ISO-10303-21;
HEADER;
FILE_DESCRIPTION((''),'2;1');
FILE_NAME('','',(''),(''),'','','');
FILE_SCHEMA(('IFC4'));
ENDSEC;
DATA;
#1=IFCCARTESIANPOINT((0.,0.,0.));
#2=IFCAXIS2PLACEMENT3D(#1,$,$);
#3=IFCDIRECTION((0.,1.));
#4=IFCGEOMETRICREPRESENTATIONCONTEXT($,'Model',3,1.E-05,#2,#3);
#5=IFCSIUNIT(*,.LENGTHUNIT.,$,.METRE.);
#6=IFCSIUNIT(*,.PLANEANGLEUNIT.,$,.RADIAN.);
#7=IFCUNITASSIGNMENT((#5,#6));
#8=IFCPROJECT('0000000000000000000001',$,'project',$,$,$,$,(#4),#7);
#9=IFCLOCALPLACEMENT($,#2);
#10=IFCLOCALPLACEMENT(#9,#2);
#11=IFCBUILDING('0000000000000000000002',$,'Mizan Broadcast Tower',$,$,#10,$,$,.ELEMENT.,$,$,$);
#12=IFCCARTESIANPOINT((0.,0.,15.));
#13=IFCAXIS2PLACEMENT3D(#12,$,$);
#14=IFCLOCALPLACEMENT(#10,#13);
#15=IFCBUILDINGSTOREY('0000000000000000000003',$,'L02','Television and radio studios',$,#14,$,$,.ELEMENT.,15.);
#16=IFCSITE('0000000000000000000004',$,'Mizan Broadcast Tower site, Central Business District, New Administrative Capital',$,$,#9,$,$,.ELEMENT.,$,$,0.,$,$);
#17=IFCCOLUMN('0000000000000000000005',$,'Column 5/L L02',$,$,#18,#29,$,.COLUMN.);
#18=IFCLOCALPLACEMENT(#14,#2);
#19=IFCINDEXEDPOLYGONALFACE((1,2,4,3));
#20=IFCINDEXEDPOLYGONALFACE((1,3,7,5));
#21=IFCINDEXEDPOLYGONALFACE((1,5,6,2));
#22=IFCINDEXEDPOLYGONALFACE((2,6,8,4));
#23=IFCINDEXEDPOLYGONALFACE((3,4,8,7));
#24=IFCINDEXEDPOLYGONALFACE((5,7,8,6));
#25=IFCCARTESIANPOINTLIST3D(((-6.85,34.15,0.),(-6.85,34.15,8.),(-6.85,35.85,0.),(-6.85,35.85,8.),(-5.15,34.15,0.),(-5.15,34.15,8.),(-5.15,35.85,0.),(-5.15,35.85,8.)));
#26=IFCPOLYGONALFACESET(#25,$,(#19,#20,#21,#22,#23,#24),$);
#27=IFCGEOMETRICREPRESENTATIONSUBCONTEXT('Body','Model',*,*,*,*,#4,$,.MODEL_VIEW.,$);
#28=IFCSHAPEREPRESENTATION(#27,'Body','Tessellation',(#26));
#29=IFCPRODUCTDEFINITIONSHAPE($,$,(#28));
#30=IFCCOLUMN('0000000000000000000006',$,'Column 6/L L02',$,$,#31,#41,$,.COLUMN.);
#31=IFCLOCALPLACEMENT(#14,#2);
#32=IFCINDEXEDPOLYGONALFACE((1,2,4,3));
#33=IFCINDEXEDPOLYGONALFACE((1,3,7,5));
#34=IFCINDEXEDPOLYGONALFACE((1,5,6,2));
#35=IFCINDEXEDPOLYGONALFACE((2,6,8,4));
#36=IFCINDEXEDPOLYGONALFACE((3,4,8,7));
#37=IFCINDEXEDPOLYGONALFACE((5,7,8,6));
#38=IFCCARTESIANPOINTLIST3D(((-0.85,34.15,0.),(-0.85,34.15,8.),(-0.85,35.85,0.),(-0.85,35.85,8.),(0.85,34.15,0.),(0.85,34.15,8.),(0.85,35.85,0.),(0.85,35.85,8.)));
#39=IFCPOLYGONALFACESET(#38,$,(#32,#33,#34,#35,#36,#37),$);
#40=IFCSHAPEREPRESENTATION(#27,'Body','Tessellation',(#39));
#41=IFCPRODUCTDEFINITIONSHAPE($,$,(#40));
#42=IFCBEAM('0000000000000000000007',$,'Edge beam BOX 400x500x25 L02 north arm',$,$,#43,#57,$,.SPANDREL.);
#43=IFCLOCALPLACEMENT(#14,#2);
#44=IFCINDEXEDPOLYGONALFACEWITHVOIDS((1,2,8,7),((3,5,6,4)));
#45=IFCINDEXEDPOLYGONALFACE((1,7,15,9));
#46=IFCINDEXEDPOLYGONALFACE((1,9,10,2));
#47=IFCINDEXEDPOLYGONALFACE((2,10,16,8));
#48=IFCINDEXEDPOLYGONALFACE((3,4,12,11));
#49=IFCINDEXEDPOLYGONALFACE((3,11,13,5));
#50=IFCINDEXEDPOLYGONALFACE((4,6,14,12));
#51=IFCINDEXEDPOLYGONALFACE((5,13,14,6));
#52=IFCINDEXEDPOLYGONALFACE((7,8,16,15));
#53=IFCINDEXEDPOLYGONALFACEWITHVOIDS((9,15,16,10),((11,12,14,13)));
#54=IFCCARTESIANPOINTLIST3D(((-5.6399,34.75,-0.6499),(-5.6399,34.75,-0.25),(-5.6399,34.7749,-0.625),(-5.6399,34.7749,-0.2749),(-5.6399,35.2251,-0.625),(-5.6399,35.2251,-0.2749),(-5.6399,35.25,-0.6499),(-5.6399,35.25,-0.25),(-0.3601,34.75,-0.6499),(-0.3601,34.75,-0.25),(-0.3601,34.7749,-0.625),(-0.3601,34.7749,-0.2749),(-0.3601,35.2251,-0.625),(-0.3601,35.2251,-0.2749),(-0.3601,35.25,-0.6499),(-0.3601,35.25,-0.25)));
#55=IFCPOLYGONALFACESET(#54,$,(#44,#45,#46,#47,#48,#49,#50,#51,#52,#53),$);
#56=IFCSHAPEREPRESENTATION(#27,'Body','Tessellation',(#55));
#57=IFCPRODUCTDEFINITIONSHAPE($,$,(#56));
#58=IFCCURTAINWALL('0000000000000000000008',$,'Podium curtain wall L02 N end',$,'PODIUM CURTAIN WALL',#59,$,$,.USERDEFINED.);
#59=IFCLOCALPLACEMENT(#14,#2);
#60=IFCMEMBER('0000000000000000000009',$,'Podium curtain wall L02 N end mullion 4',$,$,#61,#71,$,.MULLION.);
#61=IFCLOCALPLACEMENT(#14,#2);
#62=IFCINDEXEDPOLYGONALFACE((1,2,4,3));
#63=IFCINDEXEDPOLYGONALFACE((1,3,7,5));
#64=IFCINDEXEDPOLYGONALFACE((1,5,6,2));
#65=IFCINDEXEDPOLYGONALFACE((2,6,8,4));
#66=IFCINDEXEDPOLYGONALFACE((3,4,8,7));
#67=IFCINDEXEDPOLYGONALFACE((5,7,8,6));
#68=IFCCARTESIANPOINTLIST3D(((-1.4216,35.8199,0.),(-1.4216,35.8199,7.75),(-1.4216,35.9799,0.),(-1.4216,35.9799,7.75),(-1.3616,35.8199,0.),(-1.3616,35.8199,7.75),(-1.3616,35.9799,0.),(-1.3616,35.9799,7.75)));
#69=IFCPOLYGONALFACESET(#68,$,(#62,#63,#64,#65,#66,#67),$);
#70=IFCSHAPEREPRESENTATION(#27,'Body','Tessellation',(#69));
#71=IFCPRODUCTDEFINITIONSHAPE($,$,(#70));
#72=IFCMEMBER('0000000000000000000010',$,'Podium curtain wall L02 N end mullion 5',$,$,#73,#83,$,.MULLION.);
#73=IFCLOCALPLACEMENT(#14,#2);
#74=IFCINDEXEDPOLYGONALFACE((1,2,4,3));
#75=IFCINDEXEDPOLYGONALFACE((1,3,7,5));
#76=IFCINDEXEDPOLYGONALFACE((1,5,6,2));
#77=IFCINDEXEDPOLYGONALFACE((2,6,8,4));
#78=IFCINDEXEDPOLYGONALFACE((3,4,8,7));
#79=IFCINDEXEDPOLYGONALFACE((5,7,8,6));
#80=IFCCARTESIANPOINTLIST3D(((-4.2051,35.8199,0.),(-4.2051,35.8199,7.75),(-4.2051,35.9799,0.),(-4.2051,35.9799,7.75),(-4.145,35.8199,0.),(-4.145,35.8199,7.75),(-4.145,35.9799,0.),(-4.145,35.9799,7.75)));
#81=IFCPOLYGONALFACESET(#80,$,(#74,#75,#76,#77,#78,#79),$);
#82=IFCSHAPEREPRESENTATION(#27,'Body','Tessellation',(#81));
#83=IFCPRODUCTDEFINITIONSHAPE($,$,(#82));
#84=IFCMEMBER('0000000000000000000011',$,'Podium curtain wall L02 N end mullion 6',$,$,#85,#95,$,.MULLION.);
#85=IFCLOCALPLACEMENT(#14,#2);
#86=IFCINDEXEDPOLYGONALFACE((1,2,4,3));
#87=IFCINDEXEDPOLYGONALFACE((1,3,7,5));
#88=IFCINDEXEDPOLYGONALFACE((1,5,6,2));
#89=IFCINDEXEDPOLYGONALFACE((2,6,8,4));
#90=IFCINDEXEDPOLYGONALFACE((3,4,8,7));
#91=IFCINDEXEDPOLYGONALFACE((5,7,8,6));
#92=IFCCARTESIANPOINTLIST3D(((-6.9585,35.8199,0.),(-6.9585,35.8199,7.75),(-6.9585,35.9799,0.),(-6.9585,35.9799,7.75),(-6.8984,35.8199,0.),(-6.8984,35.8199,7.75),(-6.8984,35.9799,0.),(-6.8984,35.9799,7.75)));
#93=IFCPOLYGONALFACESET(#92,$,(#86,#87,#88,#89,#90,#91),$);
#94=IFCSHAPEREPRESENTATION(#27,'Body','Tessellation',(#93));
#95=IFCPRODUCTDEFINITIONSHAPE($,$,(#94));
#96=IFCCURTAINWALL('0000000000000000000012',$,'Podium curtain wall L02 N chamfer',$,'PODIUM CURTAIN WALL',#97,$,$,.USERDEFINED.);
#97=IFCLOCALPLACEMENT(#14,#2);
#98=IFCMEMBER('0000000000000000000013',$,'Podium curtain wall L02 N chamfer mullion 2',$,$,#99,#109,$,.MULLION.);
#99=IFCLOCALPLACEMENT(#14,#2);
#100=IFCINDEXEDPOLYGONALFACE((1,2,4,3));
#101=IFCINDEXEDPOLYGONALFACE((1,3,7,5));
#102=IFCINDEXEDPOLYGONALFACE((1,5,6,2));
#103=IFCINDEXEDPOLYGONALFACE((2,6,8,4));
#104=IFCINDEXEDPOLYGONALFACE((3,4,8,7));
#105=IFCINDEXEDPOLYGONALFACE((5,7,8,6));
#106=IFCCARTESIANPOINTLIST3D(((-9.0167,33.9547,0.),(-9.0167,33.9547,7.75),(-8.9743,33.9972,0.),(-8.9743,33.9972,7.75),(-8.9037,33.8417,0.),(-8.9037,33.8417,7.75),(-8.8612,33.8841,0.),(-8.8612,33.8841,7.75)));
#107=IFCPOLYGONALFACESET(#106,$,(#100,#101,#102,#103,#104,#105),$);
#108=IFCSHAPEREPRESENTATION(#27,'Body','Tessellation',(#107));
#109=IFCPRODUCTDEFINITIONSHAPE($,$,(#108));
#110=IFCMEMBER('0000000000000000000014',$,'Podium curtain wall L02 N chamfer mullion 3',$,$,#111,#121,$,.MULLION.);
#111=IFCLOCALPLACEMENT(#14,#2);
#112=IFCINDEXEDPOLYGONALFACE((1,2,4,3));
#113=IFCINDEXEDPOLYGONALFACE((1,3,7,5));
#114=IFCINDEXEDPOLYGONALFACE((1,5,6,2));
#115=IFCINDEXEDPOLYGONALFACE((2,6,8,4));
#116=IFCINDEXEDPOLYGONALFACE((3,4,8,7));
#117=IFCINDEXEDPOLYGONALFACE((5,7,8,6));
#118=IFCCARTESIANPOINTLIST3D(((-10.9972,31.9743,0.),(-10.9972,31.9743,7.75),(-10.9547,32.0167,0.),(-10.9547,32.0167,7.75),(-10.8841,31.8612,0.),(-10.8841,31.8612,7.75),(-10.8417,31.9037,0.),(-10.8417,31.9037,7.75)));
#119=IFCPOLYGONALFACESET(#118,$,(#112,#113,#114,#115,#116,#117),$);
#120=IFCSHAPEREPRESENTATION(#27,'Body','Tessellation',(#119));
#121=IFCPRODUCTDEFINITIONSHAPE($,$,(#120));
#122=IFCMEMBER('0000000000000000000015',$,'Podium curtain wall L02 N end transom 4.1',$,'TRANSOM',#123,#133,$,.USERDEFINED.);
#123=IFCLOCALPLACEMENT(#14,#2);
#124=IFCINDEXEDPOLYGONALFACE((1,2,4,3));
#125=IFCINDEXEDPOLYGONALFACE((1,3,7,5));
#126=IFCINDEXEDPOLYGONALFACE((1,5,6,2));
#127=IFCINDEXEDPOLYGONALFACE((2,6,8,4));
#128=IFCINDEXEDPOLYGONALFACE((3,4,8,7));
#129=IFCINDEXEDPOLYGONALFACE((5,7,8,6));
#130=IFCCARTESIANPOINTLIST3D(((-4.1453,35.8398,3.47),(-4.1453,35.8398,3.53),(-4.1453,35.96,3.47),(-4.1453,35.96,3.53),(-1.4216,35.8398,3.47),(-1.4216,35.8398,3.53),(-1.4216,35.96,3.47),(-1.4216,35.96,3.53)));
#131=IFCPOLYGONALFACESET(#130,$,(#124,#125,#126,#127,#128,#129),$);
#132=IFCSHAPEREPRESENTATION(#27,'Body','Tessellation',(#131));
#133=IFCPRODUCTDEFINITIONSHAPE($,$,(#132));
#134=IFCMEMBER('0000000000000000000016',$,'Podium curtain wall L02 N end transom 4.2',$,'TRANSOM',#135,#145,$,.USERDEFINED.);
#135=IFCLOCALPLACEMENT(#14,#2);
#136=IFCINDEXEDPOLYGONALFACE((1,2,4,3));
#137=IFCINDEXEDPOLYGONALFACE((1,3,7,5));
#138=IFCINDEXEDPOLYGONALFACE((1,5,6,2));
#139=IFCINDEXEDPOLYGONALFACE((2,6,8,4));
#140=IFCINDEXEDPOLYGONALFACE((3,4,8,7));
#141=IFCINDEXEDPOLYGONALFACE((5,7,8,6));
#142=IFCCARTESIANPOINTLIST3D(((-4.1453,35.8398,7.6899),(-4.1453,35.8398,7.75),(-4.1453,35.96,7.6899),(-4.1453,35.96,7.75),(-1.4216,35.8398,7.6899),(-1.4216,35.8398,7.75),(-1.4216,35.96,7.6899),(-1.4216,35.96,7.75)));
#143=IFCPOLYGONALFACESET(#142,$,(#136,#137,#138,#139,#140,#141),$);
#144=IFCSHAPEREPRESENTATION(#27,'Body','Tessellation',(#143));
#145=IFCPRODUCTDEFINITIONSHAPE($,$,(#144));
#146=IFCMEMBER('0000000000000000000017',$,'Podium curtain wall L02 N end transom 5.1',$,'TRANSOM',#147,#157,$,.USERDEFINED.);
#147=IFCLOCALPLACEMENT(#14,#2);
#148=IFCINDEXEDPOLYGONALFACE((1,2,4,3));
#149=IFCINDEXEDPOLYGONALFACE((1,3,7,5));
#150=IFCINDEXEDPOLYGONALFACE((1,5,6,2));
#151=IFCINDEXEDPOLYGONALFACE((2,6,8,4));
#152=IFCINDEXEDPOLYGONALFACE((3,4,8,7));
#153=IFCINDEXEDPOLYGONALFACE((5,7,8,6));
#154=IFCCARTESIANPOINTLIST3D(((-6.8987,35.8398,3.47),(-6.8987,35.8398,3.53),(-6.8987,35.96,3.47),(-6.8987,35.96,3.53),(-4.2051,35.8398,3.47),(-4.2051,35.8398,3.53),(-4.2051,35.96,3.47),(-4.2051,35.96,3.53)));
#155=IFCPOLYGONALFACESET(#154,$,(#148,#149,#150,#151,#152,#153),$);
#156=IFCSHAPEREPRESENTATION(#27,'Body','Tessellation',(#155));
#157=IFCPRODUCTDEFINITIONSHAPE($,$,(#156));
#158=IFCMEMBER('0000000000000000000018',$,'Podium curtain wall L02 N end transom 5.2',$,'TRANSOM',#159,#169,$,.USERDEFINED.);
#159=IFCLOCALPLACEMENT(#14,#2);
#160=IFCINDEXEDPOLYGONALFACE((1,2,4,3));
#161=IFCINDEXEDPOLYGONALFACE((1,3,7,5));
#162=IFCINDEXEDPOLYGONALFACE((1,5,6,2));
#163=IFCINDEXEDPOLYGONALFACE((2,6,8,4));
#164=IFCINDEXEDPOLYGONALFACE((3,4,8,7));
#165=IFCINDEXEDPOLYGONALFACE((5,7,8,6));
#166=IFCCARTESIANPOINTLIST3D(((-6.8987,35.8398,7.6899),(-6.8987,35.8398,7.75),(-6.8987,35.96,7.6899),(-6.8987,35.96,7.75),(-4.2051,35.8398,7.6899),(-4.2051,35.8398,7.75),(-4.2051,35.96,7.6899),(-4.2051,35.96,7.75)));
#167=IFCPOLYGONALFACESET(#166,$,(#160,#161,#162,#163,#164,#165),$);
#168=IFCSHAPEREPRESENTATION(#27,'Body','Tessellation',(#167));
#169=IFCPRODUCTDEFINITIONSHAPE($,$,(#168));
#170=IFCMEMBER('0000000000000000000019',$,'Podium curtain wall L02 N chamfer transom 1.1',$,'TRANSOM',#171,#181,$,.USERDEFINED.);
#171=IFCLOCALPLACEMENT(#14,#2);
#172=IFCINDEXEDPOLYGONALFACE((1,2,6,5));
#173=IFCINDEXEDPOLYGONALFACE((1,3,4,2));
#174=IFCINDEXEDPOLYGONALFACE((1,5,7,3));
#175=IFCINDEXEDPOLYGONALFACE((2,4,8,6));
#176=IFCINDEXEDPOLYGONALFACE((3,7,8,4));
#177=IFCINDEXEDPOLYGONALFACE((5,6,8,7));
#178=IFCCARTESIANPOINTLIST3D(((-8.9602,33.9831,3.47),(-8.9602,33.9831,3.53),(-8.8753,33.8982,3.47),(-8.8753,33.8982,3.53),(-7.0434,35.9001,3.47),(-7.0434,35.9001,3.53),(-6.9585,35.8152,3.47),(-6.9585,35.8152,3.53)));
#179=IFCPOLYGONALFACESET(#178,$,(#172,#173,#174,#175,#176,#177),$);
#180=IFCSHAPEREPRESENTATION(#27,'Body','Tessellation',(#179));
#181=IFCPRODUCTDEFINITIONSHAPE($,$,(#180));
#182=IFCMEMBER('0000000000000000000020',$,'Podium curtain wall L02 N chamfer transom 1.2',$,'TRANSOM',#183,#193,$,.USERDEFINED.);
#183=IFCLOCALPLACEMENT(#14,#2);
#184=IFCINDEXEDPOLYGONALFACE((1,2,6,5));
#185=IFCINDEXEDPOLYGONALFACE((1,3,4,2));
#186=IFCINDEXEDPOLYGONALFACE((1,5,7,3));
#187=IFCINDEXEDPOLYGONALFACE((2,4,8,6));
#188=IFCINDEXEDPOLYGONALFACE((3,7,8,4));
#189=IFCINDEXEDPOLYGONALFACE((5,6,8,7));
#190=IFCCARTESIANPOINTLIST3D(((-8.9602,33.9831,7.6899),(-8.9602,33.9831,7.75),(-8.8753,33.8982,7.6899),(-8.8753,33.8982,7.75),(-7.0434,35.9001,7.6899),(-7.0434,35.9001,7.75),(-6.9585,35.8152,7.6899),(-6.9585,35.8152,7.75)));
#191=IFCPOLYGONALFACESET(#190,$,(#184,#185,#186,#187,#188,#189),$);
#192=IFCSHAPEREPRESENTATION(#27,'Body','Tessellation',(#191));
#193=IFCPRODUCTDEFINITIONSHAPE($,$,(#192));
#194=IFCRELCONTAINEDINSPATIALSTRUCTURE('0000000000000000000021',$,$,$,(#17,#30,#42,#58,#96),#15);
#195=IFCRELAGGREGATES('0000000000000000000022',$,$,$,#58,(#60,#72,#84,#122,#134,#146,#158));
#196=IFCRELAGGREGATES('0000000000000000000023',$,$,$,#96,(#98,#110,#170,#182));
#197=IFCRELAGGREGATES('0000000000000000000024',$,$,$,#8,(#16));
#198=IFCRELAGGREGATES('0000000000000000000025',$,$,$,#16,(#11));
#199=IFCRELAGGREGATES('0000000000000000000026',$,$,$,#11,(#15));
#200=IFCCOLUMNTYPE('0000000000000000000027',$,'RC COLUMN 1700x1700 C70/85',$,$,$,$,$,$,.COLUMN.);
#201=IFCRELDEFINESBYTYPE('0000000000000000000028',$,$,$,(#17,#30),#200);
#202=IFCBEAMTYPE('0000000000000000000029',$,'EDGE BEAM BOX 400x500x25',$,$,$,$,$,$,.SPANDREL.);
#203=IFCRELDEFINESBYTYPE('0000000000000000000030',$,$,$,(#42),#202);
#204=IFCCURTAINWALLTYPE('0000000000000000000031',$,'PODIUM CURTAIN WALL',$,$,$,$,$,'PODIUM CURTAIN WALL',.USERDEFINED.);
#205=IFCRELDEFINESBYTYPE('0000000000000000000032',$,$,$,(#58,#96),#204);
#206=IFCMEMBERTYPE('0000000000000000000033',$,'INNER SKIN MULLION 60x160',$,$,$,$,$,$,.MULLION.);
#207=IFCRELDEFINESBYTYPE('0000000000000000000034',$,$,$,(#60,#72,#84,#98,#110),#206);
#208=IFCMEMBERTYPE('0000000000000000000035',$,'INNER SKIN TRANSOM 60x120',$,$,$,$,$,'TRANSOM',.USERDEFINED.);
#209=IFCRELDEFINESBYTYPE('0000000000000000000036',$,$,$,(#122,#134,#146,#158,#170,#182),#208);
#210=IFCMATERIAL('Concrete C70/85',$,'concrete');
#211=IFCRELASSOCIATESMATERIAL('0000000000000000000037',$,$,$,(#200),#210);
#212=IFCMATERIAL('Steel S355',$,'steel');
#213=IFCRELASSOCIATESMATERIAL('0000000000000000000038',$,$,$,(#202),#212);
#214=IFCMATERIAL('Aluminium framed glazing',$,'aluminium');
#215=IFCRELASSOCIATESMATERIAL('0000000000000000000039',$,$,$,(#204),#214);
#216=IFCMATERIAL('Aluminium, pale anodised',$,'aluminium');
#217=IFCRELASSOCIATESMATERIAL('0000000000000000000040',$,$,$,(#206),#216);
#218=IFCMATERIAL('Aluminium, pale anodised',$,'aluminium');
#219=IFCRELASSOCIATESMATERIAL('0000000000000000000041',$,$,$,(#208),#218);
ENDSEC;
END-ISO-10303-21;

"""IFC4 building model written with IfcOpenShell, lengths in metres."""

from ifc_helpers import new_model, si_unit, direction, frame, origin, origin_2d, place, context, subcontext, project, spatial, rectangle, hollow_rectangle, extrude, material, material_profile, profile_set, type_object, element, aggregate, save


model = new_model("IFC4")

# Units and contexts
model_context = context("Model", 3, precision=1e-05, world=origin(), true_north=direction((0.0, 1.0)))
body_context = subcontext(model_context, "Body", "Model", "MODEL_VIEW")
ifc_project = project(units=[si_unit("LENGTHUNIT", "METRE"), si_unit("PLANEANGLEUNIT", "RADIAN")], contexts=[model_context])

# Site, building, storey
site_placement = place(None, origin())
site = spatial("IfcSite", under=ifc_project, at=site_placement, Name="Mizan Broadcast Tower site, Central Business District, New Administrative Capital", CompositionType="ELEMENT", RefElevation=0.0)
building_placement = place(site_placement, origin())
building = spatial("IfcBuilding", under=site, at=building_placement, Name="Mizan Broadcast Tower", CompositionType="ELEMENT")
storey_placement = place(building_placement, frame((0.0, 0.0, 15.0)))
storey = spatial("IfcBuildingStorey", under=building, at=storey_placement, Name="L02", Description="Television and radio studios", CompositionType="ELEMENT", Elevation=15.0)

# Columns
ifc_material_1 = material(Name="Concrete C70/85", Category="concrete")
ifc_material_profile_1 = material_profile(ifc_material_1, rectangle(XDim=1.7, YDim=1.7, at=origin_2d()), Name="RC 1700x1700")
ifc_profile_set_1 = profile_set([ifc_material_profile_1], Name="Concrete C70/85")
column_type = type_object("IfcColumnType", Name="RC COLUMN 1700x1700 C70/85", PredefinedType="COLUMN", material=ifc_profile_set_1)
for number, where, z_axis, x_axis, name in (
    (1, (-6.0, 35.0, 0.0), (0.0, 0.0, 1.0), (1.0, 0.0, 0.0), "Column 5/L L02"),
    (2, (0.0, 35.0, 0.0), (0.0, 0.0, 1.0), (1.0, 0.0, 0.0), "Column 6/L L02"),
):
    element("IfcColumn", number, at=place(storey_placement, frame(where, z_axis=z_axis, x_axis=x_axis)), inside=storey, type_object=column_type, Name=name, PredefinedType="COLUMN", context=body_context, shape_type="SweptSolid", body=[
        extrude(rectangle(XDim=1.7, YDim=1.7, at=origin_2d()), origin(), (0.0, 0.0, 1.0), 8.0),
    ])

# Beam
ifc_material_2 = material(Name="Steel S355", Category="steel")
ifc_material_profile_2 = material_profile(ifc_material_2, hollow_rectangle(XDim=0.5, YDim=0.3999, WallThickness=0.0249, at=origin_2d()), Name="BOX 400x500x25")
ifc_profile_set_2 = profile_set([ifc_material_profile_2], Name="Steel S355")
beam_type = type_object("IfcBeamType", Name="EDGE BEAM BOX 400x500x25", PredefinedType="SPANDREL", material=ifc_profile_set_2)
beam_placement = place(storey_placement, frame((-5.6399, 35.0, -0.45), z_axis=(1.0, 0.0, 0.0), x_axis=(0.0, 1.0, 0.0)))
element("IfcBeam", 3, at=beam_placement, inside=storey, type_object=beam_type, Name="Edge beam BOX 400x500x25 L02 north arm", PredefinedType="SPANDREL", context=body_context, shape_type="SweptSolid", body=[
    extrude(hollow_rectangle(XDim=0.5, YDim=0.3999, WallThickness=0.0249, at=origin_2d()), origin(), (0.0, 0.0, 1.0), 5.2798),
])

# Curtain walls, members
ifc_material_3 = material(Name="Aluminium framed glazing", Category="aluminium")
curtain_wall_type_1 = type_object("IfcCurtainWallType", Name="PODIUM CURTAIN WALL", ElementType="PODIUM CURTAIN WALL", PredefinedType="USERDEFINED", material=ifc_material_3)
curtain_wall_1_placement = place(storey_placement, origin())
curtain_wall_1 = element("IfcCurtainWall", 4, at=curtain_wall_1_placement, inside=storey, type_object=curtain_wall_type_1, Name="Podium curtain wall L02 N end", ObjectType="PODIUM CURTAIN WALL", PredefinedType="USERDEFINED")
ifc_material_4 = material(Name="Aluminium, pale anodised", Category="aluminium")
ifc_material_profile_3 = material_profile(ifc_material_4, rectangle(XDim=0.1599, YDim=0.0601, at=origin_2d()), Name="MULLION 160x60")
ifc_profile_set_3 = profile_set([ifc_material_profile_3], Name="Aluminium, pale anodised")
member_type_1 = type_object("IfcMemberType", Name="INNER SKIN MULLION 60x160", PredefinedType="MULLION", material=ifc_profile_set_3)
member_1_placement = place(storey_placement, frame((-1.3916, 35.8999, 0.0), z_axis=(0.0, 0.0, 1.0), x_axis=(0.0, -1.0, 0.0)))
member_1 = element("IfcMember", 5, at=member_1_placement, type_object=member_type_1, Name="Podium curtain wall L02 N end mullion 4", PredefinedType="MULLION", context=body_context, shape_type="SweptSolid", body=[
    extrude(rectangle(XDim=0.1599, YDim=0.0601, at=origin_2d()), origin(), (0.0, 0.0, 1.0), 7.75),
])
member_2_placement = place(storey_placement, frame((-4.175, 35.8999, 0.0), z_axis=(0.0, 0.0, 1.0), x_axis=(0.0, -1.0, 0.0)))
member_2 = element("IfcMember", 6, at=member_2_placement, type_object=member_type_1, Name="Podium curtain wall L02 N end mullion 5", PredefinedType="MULLION", context=body_context, shape_type="SweptSolid", body=[
    extrude(rectangle(XDim=0.1599, YDim=0.0601, at=origin_2d()), origin(), (0.0, 0.0, 1.0), 7.75),
])
member_3_placement = place(storey_placement, frame((-6.9285, 35.8999, 0.0), z_axis=(0.0, 0.0, 1.0), x_axis=(0.0, -1.0, 0.0)))
member_3 = element("IfcMember", 7, at=member_3_placement, type_object=member_type_1, Name="Podium curtain wall L02 N end mullion 6", PredefinedType="MULLION", context=body_context, shape_type="SweptSolid", body=[
    extrude(rectangle(XDim=0.1599, YDim=0.0601, at=origin_2d()), origin(), (0.0, 0.0, 1.0), 7.75),
])
curtain_wall_2_placement = place(storey_placement, origin())
curtain_wall_2 = element("IfcCurtainWall", 8, at=curtain_wall_2_placement, inside=storey, type_object=curtain_wall_type_1, Name="Podium curtain wall L02 N chamfer", ObjectType="PODIUM CURTAIN WALL", PredefinedType="USERDEFINED")
member_4_placement = place(storey_placement, frame((-8.939, 33.9194, 0.0), z_axis=(0.0, 0.0, 1.0), x_axis=(0.707107, -0.707107, 0.0)))
member_4 = element("IfcMember", 9, at=member_4_placement, type_object=member_type_1, Name="Podium curtain wall L02 N chamfer mullion 2", PredefinedType="MULLION", context=body_context, shape_type="SweptSolid", body=[
    extrude(rectangle(XDim=0.1599, YDim=0.0601, at=origin_2d()), origin(), (0.0, 0.0, 1.0), 7.75),
])
member_5_placement = place(storey_placement, frame((-10.9194, 31.939, 0.0), z_axis=(0.0, 0.0, 1.0), x_axis=(0.707107, -0.707107, 0.0)))
member_5 = element("IfcMember", 10, at=member_5_placement, type_object=member_type_1, Name="Podium curtain wall L02 N chamfer mullion 3", PredefinedType="MULLION", context=body_context, shape_type="SweptSolid", body=[
    extrude(rectangle(XDim=0.1599, YDim=0.0601, at=origin_2d()), origin(), (0.0, 0.0, 1.0), 7.75),
])

# Members
ifc_material_5 = material(Name="Aluminium, pale anodised", Category="aluminium")
ifc_material_profile_4 = material_profile(ifc_material_5, rectangle(XDim=0.1201, YDim=0.0601, at=origin_2d()), Name="TRANSOM 120x60")
ifc_profile_set_4 = profile_set([ifc_material_profile_4], Name="Aluminium, pale anodised")
member_type_2 = type_object("IfcMemberType", Name="INNER SKIN TRANSOM 60x120", ElementType="TRANSOM", PredefinedType="USERDEFINED", material=ifc_profile_set_4)
member_6_placement = place(storey_placement, frame((-1.4216, 35.8999, 3.5), z_axis=(-1.0, 0.0, 0.0), x_axis=(0.0, -1.0, 0.0)))
member_6 = element("IfcMember", 11, at=member_6_placement, type_object=member_type_2, Name="Podium curtain wall L02 N end transom 4.1", ObjectType="TRANSOM", PredefinedType="USERDEFINED", context=body_context, shape_type="SweptSolid", body=[
    extrude(rectangle(XDim=0.1201, YDim=0.0601, at=origin_2d()), origin(), (0.0, 0.0, 1.0), 2.7236),
])
member_7_placement = place(storey_placement, frame((-1.4216, 35.8999, 7.72), z_axis=(-1.0, 0.0, 0.0), x_axis=(0.0, -1.0, 0.0)))
member_7 = element("IfcMember", 12, at=member_7_placement, type_object=member_type_2, Name="Podium curtain wall L02 N end transom 4.2", ObjectType="TRANSOM", PredefinedType="USERDEFINED", context=body_context, shape_type="SweptSolid", body=[
    extrude(rectangle(XDim=0.1201, YDim=0.0601, at=origin_2d()), origin(), (0.0, 0.0, 1.0), 2.7236),
])
member_8_placement = place(storey_placement, frame((-4.2051, 35.8999, 3.5), z_axis=(-1.0, 0.0, 0.0), x_axis=(0.0, -1.0, 0.0)))
member_8 = element("IfcMember", 13, at=member_8_placement, type_object=member_type_2, Name="Podium curtain wall L02 N end transom 5.1", ObjectType="TRANSOM", PredefinedType="USERDEFINED", context=body_context, shape_type="SweptSolid", body=[
    extrude(rectangle(XDim=0.1201, YDim=0.0601, at=origin_2d()), origin(), (0.0, 0.0, 1.0), 2.6936),
])
member_9_placement = place(storey_placement, frame((-4.2051, 35.8999, 7.72), z_axis=(-1.0, 0.0, 0.0), x_axis=(0.0, -1.0, 0.0)))
member_9 = element("IfcMember", 14, at=member_9_placement, type_object=member_type_2, Name="Podium curtain wall L02 N end transom 5.2", ObjectType="TRANSOM", PredefinedType="USERDEFINED", context=body_context, shape_type="SweptSolid", body=[
    extrude(rectangle(XDim=0.1201, YDim=0.0601, at=origin_2d()), origin(), (0.0, 0.0, 1.0), 2.6936),
])
member_10_placement = place(storey_placement, frame((-7.001, 35.8577, 3.5), z_axis=(-0.707062, -0.707152, 0.0), x_axis=(0.707152, -0.707062, 0.0)))
member_10 = element("IfcMember", 15, at=member_10_placement, type_object=member_type_2, Name="Podium curtain wall L02 N chamfer transom 1.1", ObjectType="TRANSOM", PredefinedType="USERDEFINED", context=body_context, shape_type="SweptSolid", body=[
    extrude(rectangle(XDim=0.1201, YDim=0.0601, at=origin_2d()), origin(), (0.0, 0.0, 1.0), 2.7109),
])
member_11_placement = place(storey_placement, frame((-7.001, 35.8577, 7.72), z_axis=(-0.707062, -0.707152, 0.0), x_axis=(0.707152, -0.707062, 0.0)))
member_11 = element("IfcMember", 16, at=member_11_placement, type_object=member_type_2, Name="Podium curtain wall L02 N chamfer transom 1.2", ObjectType="TRANSOM", PredefinedType="USERDEFINED", context=body_context, shape_type="SweptSolid", body=[
    extrude(rectangle(XDim=0.1201, YDim=0.0601, at=origin_2d()), origin(), (0.0, 0.0, 1.0), 2.7109),
])

aggregate(curtain_wall_1, [member_1, member_2, member_3, member_6, member_7, member_8, member_9])
aggregate(curtain_wall_2, [member_4, member_5, member_10, member_11])

save(model, "model.ifc")
